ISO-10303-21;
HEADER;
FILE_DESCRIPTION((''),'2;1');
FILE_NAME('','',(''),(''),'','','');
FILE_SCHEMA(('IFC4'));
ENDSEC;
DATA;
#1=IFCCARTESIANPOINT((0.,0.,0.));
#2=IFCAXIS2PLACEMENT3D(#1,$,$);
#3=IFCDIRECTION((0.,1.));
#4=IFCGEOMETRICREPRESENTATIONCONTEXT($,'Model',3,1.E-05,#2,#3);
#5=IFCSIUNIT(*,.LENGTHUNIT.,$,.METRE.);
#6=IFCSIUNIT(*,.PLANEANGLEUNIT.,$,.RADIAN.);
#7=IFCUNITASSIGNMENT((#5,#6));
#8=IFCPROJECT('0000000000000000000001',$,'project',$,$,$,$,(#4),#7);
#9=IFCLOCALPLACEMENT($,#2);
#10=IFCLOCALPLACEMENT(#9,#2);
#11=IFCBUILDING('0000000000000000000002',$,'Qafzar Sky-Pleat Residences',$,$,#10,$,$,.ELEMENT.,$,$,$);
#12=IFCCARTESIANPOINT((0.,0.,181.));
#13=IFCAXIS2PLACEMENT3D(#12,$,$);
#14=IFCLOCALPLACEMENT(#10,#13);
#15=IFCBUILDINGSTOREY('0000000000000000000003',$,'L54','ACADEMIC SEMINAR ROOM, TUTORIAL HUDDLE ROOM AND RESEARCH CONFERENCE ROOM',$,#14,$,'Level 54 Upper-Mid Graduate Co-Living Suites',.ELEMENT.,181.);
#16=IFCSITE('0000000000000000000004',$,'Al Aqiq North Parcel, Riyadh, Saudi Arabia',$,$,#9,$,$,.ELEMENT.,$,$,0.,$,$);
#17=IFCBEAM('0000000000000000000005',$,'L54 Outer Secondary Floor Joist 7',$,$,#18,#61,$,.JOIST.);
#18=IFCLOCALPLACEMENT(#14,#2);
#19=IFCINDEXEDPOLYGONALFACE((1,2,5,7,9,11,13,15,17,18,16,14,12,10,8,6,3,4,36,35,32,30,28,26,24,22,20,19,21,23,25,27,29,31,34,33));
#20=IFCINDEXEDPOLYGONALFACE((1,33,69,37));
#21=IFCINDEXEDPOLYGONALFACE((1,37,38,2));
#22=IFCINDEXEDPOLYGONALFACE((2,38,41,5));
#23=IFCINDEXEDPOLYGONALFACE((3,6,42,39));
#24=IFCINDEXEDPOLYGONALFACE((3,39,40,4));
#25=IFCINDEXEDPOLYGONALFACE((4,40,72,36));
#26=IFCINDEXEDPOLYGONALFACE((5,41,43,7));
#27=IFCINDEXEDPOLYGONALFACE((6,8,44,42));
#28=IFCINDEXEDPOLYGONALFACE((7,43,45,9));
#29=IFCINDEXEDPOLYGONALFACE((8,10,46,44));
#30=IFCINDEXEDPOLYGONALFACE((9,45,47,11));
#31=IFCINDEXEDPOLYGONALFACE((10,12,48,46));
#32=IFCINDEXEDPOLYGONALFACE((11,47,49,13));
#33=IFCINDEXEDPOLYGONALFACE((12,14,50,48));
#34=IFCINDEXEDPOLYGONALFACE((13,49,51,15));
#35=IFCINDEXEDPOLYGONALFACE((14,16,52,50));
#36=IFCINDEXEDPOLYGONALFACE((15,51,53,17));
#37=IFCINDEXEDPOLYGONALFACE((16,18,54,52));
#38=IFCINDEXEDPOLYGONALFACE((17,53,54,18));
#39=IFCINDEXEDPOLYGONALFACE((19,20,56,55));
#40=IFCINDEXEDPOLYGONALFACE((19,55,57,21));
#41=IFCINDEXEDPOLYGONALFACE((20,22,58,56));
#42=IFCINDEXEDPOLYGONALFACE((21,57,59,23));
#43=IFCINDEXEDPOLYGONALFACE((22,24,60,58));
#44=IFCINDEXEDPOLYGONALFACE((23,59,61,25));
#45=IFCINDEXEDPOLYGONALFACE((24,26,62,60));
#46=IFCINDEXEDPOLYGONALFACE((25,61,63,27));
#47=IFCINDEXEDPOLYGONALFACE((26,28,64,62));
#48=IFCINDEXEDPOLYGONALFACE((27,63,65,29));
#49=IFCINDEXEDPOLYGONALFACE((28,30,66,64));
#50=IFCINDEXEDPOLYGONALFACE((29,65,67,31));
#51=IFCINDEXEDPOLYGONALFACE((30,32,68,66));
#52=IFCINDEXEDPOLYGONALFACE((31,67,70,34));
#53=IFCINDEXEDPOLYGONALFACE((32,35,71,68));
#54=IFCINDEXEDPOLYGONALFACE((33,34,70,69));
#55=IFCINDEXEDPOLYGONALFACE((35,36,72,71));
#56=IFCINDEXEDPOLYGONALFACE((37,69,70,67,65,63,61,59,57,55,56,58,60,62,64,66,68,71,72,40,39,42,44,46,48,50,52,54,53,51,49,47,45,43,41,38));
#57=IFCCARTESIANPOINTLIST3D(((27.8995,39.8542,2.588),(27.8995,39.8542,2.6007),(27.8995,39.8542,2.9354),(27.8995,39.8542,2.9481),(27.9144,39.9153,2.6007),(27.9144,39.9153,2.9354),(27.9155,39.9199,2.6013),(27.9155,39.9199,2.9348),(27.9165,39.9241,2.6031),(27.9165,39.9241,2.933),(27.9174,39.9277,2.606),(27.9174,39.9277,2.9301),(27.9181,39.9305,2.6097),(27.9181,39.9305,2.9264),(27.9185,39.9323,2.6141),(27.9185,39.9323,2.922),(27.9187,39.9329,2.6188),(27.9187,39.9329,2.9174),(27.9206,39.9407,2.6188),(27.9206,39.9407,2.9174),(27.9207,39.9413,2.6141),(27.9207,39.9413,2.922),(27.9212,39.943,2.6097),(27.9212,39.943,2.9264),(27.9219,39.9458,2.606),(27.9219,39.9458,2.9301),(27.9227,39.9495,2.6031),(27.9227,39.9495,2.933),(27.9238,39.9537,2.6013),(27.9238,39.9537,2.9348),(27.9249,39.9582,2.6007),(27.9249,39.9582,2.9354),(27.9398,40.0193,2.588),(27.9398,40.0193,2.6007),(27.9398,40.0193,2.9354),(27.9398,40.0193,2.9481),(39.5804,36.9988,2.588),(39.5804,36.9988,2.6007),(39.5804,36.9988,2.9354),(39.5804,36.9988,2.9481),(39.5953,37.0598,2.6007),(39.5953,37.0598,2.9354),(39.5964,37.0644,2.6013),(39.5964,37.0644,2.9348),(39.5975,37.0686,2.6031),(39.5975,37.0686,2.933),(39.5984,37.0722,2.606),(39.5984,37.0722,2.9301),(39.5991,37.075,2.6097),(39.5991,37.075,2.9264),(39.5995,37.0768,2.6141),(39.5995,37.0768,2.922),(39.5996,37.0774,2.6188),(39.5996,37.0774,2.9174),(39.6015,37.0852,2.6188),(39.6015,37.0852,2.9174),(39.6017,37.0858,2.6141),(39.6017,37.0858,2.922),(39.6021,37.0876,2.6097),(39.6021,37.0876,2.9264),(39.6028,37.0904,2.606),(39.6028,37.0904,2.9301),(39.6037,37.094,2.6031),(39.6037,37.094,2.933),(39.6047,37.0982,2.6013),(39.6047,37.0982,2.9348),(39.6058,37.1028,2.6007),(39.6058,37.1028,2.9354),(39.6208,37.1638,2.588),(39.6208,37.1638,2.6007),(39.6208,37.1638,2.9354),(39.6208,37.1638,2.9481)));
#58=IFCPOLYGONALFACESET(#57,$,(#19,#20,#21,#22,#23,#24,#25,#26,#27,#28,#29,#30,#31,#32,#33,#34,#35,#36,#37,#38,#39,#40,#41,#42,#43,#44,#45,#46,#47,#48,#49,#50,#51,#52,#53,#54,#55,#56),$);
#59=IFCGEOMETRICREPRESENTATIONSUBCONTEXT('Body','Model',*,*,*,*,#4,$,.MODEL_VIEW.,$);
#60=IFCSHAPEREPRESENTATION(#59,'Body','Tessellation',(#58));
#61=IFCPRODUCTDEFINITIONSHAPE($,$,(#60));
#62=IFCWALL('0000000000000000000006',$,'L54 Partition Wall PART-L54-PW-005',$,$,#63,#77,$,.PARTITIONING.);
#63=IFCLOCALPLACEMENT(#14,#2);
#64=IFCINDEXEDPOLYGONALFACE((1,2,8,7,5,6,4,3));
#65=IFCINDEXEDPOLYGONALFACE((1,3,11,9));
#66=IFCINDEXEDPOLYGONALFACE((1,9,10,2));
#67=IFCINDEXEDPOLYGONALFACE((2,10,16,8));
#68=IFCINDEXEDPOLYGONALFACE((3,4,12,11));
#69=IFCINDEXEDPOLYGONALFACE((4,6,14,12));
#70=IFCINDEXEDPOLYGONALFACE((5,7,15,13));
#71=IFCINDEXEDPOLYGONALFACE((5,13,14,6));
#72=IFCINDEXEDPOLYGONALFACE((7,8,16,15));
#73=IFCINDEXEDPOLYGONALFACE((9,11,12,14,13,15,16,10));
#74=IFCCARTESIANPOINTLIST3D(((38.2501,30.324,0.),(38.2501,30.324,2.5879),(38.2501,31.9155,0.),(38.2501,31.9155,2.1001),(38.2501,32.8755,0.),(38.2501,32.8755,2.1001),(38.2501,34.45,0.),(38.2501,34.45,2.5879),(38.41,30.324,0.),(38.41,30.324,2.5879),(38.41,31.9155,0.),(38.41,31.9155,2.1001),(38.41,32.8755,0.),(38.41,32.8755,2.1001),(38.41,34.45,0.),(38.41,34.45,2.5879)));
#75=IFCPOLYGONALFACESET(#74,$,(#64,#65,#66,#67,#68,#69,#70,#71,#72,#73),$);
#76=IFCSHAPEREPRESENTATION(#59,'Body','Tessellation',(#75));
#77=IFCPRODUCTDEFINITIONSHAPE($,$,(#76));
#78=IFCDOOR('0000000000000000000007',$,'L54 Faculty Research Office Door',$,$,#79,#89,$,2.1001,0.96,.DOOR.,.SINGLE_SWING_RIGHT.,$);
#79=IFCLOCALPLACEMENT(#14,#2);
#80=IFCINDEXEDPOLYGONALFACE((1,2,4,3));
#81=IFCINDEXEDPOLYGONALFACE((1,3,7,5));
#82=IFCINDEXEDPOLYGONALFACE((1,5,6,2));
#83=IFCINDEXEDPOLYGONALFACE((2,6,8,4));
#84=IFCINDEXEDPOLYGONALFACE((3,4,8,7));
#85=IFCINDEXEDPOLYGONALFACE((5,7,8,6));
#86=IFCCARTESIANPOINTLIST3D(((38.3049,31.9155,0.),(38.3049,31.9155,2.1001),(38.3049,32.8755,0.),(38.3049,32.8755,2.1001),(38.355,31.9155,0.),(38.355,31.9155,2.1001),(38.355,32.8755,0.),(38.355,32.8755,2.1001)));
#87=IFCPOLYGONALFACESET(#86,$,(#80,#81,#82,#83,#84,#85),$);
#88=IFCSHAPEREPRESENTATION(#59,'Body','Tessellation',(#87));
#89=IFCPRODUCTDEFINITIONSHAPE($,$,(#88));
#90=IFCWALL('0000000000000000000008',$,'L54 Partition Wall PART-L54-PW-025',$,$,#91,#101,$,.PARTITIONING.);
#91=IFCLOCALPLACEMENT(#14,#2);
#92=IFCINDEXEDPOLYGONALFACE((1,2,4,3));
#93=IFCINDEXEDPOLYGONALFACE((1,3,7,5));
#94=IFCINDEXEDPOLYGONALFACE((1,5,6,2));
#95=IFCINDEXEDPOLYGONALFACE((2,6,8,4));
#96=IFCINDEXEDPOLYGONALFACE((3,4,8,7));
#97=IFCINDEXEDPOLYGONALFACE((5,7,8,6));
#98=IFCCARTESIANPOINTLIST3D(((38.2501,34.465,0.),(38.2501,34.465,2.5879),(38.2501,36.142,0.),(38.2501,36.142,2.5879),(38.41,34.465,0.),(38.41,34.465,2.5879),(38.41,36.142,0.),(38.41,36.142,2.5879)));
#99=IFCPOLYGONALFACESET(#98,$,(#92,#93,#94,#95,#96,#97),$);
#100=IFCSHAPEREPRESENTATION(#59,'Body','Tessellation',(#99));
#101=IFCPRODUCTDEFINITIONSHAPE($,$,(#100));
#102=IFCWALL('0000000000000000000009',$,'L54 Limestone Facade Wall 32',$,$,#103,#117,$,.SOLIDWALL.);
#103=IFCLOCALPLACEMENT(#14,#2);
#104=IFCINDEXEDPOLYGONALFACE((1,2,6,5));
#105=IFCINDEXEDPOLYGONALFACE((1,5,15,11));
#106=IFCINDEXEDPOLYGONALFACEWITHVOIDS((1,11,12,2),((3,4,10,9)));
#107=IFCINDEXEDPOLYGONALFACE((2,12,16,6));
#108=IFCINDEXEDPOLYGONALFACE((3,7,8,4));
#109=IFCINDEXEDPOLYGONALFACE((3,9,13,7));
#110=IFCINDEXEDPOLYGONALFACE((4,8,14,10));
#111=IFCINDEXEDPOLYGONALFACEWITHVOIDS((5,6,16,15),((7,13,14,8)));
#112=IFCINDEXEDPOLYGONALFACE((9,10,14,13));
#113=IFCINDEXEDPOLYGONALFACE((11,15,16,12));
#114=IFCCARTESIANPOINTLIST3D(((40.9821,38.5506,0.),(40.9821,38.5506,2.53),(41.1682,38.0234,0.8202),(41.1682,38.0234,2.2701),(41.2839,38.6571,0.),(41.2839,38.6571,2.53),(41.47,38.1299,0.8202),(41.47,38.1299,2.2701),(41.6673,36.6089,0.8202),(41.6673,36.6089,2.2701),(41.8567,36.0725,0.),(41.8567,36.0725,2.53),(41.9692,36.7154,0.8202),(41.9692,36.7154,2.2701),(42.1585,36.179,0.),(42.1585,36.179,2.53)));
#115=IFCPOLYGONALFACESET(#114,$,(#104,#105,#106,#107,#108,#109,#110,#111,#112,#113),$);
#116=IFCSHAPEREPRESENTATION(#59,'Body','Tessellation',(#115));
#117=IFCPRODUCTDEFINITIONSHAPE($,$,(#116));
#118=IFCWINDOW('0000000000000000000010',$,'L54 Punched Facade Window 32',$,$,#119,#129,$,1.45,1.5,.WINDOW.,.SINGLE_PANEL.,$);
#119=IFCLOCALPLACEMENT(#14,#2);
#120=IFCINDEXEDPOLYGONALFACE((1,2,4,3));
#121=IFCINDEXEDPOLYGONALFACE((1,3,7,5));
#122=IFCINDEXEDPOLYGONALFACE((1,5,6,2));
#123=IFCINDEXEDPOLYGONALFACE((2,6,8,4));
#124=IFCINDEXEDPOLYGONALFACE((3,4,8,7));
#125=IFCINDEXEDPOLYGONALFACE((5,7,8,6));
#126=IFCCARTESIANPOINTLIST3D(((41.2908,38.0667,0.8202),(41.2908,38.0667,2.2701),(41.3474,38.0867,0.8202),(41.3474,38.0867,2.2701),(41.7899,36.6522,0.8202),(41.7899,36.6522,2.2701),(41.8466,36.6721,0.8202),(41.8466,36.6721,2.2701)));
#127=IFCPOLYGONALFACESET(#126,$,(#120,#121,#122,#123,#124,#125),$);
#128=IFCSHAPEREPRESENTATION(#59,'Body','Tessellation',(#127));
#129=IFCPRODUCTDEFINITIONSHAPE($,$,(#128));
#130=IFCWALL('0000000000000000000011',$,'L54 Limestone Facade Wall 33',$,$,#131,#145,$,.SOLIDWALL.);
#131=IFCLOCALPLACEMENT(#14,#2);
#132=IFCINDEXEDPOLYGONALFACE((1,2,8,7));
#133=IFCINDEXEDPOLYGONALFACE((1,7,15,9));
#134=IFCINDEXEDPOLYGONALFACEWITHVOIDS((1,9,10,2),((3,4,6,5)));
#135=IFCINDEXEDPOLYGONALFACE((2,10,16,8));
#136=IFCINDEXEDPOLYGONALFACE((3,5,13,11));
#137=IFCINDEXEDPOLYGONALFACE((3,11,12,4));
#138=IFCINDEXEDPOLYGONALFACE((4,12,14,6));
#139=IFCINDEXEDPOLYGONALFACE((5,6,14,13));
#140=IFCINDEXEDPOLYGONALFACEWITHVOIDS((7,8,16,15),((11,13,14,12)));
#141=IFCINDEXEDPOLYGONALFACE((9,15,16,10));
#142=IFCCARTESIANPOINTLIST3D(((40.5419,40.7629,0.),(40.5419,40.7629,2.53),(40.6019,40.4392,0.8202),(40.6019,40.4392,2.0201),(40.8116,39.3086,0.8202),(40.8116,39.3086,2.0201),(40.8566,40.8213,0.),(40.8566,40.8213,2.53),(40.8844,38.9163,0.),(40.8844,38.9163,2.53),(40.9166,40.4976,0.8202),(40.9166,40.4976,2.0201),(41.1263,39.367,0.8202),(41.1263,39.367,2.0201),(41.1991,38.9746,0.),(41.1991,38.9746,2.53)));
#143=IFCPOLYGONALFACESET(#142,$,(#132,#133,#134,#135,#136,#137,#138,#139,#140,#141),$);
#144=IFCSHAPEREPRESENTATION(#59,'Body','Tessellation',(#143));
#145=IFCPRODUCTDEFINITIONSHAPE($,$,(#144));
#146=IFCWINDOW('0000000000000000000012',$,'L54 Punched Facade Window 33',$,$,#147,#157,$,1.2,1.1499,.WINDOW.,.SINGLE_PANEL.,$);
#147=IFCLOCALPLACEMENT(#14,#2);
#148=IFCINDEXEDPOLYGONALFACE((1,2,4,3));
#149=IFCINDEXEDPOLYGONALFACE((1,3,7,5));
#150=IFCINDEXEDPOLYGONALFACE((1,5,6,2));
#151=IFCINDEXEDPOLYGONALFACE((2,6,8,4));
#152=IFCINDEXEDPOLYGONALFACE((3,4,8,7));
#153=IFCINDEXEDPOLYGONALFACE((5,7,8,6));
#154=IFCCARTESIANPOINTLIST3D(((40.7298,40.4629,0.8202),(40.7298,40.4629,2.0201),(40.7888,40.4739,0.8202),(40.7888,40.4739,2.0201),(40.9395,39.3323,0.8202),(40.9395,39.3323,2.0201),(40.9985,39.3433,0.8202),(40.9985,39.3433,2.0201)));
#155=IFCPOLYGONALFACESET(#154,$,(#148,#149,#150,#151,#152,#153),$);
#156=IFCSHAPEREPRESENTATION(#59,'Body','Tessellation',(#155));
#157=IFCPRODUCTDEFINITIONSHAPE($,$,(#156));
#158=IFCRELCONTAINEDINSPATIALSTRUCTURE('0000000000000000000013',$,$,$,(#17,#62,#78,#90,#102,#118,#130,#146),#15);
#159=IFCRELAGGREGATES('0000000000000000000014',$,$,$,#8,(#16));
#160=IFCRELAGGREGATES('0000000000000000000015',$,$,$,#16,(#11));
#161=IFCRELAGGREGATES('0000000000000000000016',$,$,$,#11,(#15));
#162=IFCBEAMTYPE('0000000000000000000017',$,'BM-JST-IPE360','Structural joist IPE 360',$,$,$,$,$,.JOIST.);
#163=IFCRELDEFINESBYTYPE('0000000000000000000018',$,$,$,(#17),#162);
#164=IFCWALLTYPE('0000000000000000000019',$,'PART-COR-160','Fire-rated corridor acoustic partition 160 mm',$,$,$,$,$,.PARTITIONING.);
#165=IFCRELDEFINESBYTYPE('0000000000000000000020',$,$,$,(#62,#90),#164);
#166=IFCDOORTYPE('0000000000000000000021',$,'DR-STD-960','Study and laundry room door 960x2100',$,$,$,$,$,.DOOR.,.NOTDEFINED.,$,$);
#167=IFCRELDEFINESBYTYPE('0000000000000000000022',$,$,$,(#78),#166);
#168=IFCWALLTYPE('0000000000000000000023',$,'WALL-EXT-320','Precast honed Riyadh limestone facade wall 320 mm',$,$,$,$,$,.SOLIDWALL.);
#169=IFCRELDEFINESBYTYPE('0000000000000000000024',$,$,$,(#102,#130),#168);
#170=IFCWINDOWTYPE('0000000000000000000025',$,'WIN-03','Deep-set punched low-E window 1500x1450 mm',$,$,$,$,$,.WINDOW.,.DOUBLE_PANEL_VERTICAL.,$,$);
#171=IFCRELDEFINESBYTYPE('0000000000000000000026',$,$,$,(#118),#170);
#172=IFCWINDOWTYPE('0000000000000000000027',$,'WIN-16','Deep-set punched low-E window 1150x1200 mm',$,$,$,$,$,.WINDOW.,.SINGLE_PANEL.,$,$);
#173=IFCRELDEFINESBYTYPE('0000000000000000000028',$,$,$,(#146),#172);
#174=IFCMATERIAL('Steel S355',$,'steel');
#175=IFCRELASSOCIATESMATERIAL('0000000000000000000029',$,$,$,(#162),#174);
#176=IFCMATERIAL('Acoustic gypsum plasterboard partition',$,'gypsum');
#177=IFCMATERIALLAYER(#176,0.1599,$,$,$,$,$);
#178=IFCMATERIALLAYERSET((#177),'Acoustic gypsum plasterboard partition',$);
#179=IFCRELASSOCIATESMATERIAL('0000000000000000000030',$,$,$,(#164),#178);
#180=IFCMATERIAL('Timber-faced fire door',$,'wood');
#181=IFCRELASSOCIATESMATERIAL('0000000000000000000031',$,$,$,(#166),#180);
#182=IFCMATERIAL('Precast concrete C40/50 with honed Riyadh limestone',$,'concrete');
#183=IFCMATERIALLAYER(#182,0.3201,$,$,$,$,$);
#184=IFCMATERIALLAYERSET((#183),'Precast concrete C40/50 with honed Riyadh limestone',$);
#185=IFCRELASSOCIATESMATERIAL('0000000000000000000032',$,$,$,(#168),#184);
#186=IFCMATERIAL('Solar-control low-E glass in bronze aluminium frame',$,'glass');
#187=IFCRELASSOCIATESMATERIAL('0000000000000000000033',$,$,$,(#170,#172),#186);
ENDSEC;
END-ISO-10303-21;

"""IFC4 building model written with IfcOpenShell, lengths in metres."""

from ifc_helpers import new_model, si_unit, direction, frame, frame_2d, origin, origin_2d, place, context, subcontext, project, spatial, rectangle, i_section, extrude, source, transform, mapped, material, layer, layer_set, material_profile, profile_set, type_object, element, fill, save


model = new_model("IFC4")

# Units and contexts
model_context = context("Model", 3, precision=1e-05, world=origin(), true_north=direction((0.0, 1.0)))
body_context = subcontext(model_context, "Body", "Model", "MODEL_VIEW")
ifc_project = project(units=[si_unit("LENGTHUNIT", "METRE"), si_unit("PLANEANGLEUNIT", "RADIAN")], contexts=[model_context])

# Site, building, storey
site_placement = place(None, origin())
site = spatial("IfcSite", under=ifc_project, at=site_placement, Name="Al Aqiq North Parcel, Riyadh, Saudi Arabia", CompositionType="ELEMENT", RefElevation=0.0)
building_placement = place(site_placement, origin())
building = spatial("IfcBuilding", under=site, at=building_placement, Name="Qafzar Sky-Pleat Residences", CompositionType="ELEMENT")
storey_placement = place(building_placement, frame((0.0, 0.0, 181.0)))
storey = spatial("IfcBuildingStorey", under=building, at=storey_placement, Name="L54", Description="ACADEMIC SEMINAR ROOM, TUTORIAL HUDDLE ROOM AND RESEARCH CONFERENCE ROOM", LongName="Level 54 Upper-Mid Graduate Co-Living Suites", CompositionType="ELEMENT", Elevation=181.0)

# Beam
ifc_material_1 = material(Name="Steel S355", Category="steel")
ifc_material_profile_1 = material_profile(ifc_material_1, i_section(OverallWidth=0.1699, OverallDepth=0.3601, WebThickness=0.0081, FlangeThickness=0.0127, FilletRadius=0.0181, at=origin_2d()), Name="IPE 360")
ifc_profile_set_1 = profile_set([ifc_material_profile_1], Name="Steel S355")
beam_type_1 = type_object("IfcBeamType", Name="BM-JST-IPE360", Description="Structural joist IPE 360", PredefinedType="JOIST", material=ifc_profile_set_1)
shared_shape_1 = source(origin(), body_context, "Body", "SweptSolid", [
    extrude(i_section(OverallWidth=0.1699, OverallDepth=0.3601, WebThickness=0.0081, FlangeThickness=0.0127, FilletRadius=0.0181, at=origin_2d()), origin(), (0.0, 0.0, 1.0), 12.0249),
])
beam_1_placement = place(storey_placement, frame((39.6006, 37.0813, 2.7681), z_axis=(-0.971396, 0.237464, 0.0), x_axis=(-0.237464, -0.971396, 0.0)))
element("IfcBeam", 1, at=beam_1_placement, inside=storey, type_object=beam_type_1, Name="L54 Outer Secondary Floor Joist 7", PredefinedType="JOIST", context=body_context, shape_type="MappedRepresentation", body=[
    mapped(shared_shape_1, transform((0.0, 0.0, 0.0), x_axis=(1.0, 0.0, 0.0), y_axis=(0.0, 1.0, 0.0), z_axis=(0.0, 0.0, 1.0), scale=1.0)),
])

# Wall, opening, door
ifc_material_2 = material(Name="Acoustic gypsum plasterboard partition", Category="gypsum")
ifc_layer_1 = layer(ifc_material_2, 0.1599)
ifc_layer_set_1 = layer_set([ifc_layer_1], Name="Acoustic gypsum plasterboard partition")
wall_type_1 = type_object("IfcWallType", Name="PART-COR-160", Description="Fire-rated corridor acoustic partition 160 mm", PredefinedType="PARTITIONING", material=ifc_layer_set_1)
wall_1_placement = place(storey_placement, frame((38.3301, 34.45, 0.0), z_axis=(0.0, 0.0, 1.0), x_axis=(0.0, -1.0, 0.0)))
wall_1 = element("IfcWall", 2, at=wall_1_placement, inside=storey, type_object=wall_type_1, Name="L54 Partition Wall PART-L54-PW-005", PredefinedType="PARTITIONING", context=body_context, shape_type="SweptSolid", body=[
    extrude(rectangle(XDim=4.126, YDim=0.1599, at=frame_2d((2.063, 0.0))), origin(), (0.0, 0.0, 1.0), 2.5879),
])
opening_1_placement = place(wall_1_placement, frame((1.5745, 0.0, 0.0)))
opening_1 = element("IfcOpeningElement", 3, at=opening_1_placement, cuts=wall_1, PredefinedType="OPENING", context=body_context, shape_type="SweptSolid", body=[
    extrude(rectangle(XDim=0.96, YDim=2.1001, at=frame_2d((0.48, 1.05))), frame((0.0, 0.0898, 0.0), z_axis=(0.0, -1.0, 0.0), x_axis=(1.0, 0.0, 0.0)), (0.0, 0.0, 1.0), 0.1799),
])
ifc_material_3 = material(Name="Timber-faced fire door", Category="wood")
door_type = type_object("IfcDoorType", Name="DR-STD-960", Description="Study and laundry room door 960x2100", OperationType="NOTDEFINED", PredefinedType="DOOR", material=ifc_material_3)
shared_shape_2 = source(origin(), body_context, "Body", "SweptSolid", [
    extrude(rectangle(XDim=0.96, YDim=2.1001, at=frame_2d((0.48, 1.05))), frame((0.0, 0.0249, 0.0), z_axis=(0.0, -1.0, 0.0), x_axis=(1.0, 0.0, 0.0)), (0.0, 0.0, 1.0), 0.05),
])
door_placement = place(opening_1_placement, origin())
door = element("IfcDoor", 4, at=door_placement, inside=storey, type_object=door_type, Name="L54 Faculty Research Office Door", OperationType="SINGLE_SWING_RIGHT", OverallHeight=2.1001, OverallWidth=0.96, PredefinedType="DOOR", context=body_context, shape_type="MappedRepresentation", body=[
    mapped(shared_shape_2, transform((0.0, 0.0, 0.0), x_axis=(1.0, 0.0, 0.0), y_axis=(0.0, 1.0, 0.0), z_axis=(0.0, 0.0, 1.0), scale=1.0)),
])
fill(opening_1, door)

# Wall
wall_2_placement = place(storey_placement, frame((38.3301, 34.4651, 0.0), z_axis=(0.0, 0.0, 1.0), x_axis=(0.0, 1.0, 0.0)))
element("IfcWall", 5, at=wall_2_placement, inside=storey, type_object=wall_type_1, Name="L54 Partition Wall PART-L54-PW-025", PredefinedType="PARTITIONING", context=body_context, shape_type="SweptSolid", body=[
    extrude(rectangle(XDim=1.677, YDim=0.1599, at=frame_2d((0.8384, 0.0))), origin(), (0.0, 0.0, 1.0), 2.5879),
])

# Walls, openings, windows
ifc_material_4 = material(Name="Precast concrete C40/50 with honed Riyadh limestone", Category="concrete")
ifc_layer_2 = layer(ifc_material_4, 0.3201)
ifc_layer_set_2 = layer_set([ifc_layer_2], Name="Precast concrete C40/50 with honed Riyadh limestone")
wall_type_2 = type_object("IfcWallType", Name="WALL-EXT-320", Description="Precast honed Riyadh limestone facade wall 320 mm", PredefinedType="SOLIDWALL", material=ifc_layer_set_2)
wall_3_placement = place(storey_placement, frame((42.0076, 36.1257, 0.0), z_axis=(0.0, 0.0, 1.0), x_axis=(-0.332791, 0.943001, 0.0)))
wall_3 = element("IfcWall", 6, at=wall_3_placement, inside=storey, type_object=wall_type_2, Name="L54 Limestone Facade Wall 32", PredefinedType="SOLIDWALL", context=body_context, shape_type="SweptSolid", body=[
    extrude(rectangle(XDim=2.6279, YDim=0.3201, at=frame_2d((1.314, 0.0))), origin(), (0.0, 0.0, 1.0), 2.53),
])
opening_2_placement = place(wall_3_placement, frame((0.5688, 0.0, 0.8201)))
opening_2 = element("IfcOpeningElement", 7, at=opening_2_placement, cuts=wall_3, PredefinedType="OPENING", context=body_context, shape_type="SweptSolid", body=[
    extrude(rectangle(XDim=1.5, YDim=1.45, at=frame_2d((0.75, 0.7251))), frame((0.0, 0.1699, 0.0), z_axis=(0.0, -1.0, 0.0), x_axis=(1.0, 0.0, 0.0)), (0.0, 0.0, 1.0), 0.3401),
])
ifc_material_5 = material(Name="Solar-control low-E glass in bronze aluminium frame", Category="glass")
window_type_1 = type_object("IfcWindowType", Name="WIN-03", Description="Deep-set punched low-E window 1500x1450 mm", PartitioningType="DOUBLE_PANEL_VERTICAL", PredefinedType="WINDOW", material=ifc_material_5)
shared_shape_3 = source(origin(), body_context, "Body", "SweptSolid", [
    extrude(rectangle(XDim=1.5, YDim=1.45, at=frame_2d((0.75, 0.7251))), frame((0.0, 0.03, 0.0), z_axis=(0.0, -1.0, 0.0), x_axis=(1.0, 0.0, 0.0)), (0.0, 0.0, 1.0), 0.0601),
])
window_1_placement = place(opening_2_placement, origin())
window_1 = element("IfcWindow", 8, at=window_1_placement, inside=storey, type_object=window_type_1, Name="L54 Punched Facade Window 32", OverallHeight=1.45, OverallWidth=1.5, PartitioningType="SINGLE_PANEL", PredefinedType="WINDOW", context=body_context, shape_type="MappedRepresentation", body=[
    mapped(shared_shape_3, transform((0.0, 0.0, 0.0), x_axis=(1.0, 0.0, 0.0), y_axis=(0.0, 1.0, 0.0), z_axis=(0.0, 0.0, 1.0), scale=1.0)),
])
fill(opening_2, window_1)
wall_4_placement = place(storey_placement, frame((41.0417, 38.9456, 0.0), z_axis=(0.0, 0.0, 1.0), x_axis=(-0.182373, 0.983229, 0.0)))
wall_4 = element("IfcWall", 9, at=wall_4_placement, inside=storey, type_object=wall_type_2, Name="L54 Limestone Facade Wall 33", PredefinedType="SOLIDWALL", context=body_context, shape_type="SweptSolid", body=[
    extrude(rectangle(XDim=1.8782, YDim=0.3201, at=frame_2d((0.939, 0.0))), origin(), (0.0, 0.0, 1.0), 2.53),
])
opening_3_placement = place(wall_4_placement, frame((0.3989, 0.0, 0.8201)))
opening_3 = element("IfcOpeningElement", 10, at=opening_3_placement, cuts=wall_4, PredefinedType="OPENING", context=body_context, shape_type="SweptSolid", body=[
    extrude(rectangle(XDim=1.1499, YDim=1.2, at=frame_2d((0.575, 0.6001))), frame((0.0, 0.1699, 0.0), z_axis=(0.0, -1.0, 0.0), x_axis=(1.0, 0.0, 0.0)), (0.0, 0.0, 1.0), 0.3401),
])
window_type_2 = type_object("IfcWindowType", Name="WIN-16", Description="Deep-set punched low-E window 1150x1200 mm", PartitioningType="SINGLE_PANEL", PredefinedType="WINDOW", material=ifc_material_5)
shared_shape_4 = source(origin(), body_context, "Body", "SweptSolid", [
    extrude(rectangle(XDim=1.1499, YDim=1.2, at=frame_2d((0.575, 0.6001))), frame((0.0, 0.03, 0.0), z_axis=(0.0, -1.0, 0.0), x_axis=(1.0, 0.0, 0.0)), (0.0, 0.0, 1.0), 0.0601),
])
window_2_placement = place(opening_3_placement, origin())
window_2 = element("IfcWindow", 11, at=window_2_placement, inside=storey, type_object=window_type_2, Name="L54 Punched Facade Window 33", OverallHeight=1.2, OverallWidth=1.1499, PartitioningType="SINGLE_PANEL", PredefinedType="WINDOW", context=body_context, shape_type="MappedRepresentation", body=[
    mapped(shared_shape_4, transform((0.0, 0.0, 0.0), x_axis=(1.0, 0.0, 0.0), y_axis=(0.0, 1.0, 0.0), z_axis=(0.0, 0.0, 1.0), scale=1.0)),
])
fill(opening_3, window_2)

save(model, "model.ifc")
